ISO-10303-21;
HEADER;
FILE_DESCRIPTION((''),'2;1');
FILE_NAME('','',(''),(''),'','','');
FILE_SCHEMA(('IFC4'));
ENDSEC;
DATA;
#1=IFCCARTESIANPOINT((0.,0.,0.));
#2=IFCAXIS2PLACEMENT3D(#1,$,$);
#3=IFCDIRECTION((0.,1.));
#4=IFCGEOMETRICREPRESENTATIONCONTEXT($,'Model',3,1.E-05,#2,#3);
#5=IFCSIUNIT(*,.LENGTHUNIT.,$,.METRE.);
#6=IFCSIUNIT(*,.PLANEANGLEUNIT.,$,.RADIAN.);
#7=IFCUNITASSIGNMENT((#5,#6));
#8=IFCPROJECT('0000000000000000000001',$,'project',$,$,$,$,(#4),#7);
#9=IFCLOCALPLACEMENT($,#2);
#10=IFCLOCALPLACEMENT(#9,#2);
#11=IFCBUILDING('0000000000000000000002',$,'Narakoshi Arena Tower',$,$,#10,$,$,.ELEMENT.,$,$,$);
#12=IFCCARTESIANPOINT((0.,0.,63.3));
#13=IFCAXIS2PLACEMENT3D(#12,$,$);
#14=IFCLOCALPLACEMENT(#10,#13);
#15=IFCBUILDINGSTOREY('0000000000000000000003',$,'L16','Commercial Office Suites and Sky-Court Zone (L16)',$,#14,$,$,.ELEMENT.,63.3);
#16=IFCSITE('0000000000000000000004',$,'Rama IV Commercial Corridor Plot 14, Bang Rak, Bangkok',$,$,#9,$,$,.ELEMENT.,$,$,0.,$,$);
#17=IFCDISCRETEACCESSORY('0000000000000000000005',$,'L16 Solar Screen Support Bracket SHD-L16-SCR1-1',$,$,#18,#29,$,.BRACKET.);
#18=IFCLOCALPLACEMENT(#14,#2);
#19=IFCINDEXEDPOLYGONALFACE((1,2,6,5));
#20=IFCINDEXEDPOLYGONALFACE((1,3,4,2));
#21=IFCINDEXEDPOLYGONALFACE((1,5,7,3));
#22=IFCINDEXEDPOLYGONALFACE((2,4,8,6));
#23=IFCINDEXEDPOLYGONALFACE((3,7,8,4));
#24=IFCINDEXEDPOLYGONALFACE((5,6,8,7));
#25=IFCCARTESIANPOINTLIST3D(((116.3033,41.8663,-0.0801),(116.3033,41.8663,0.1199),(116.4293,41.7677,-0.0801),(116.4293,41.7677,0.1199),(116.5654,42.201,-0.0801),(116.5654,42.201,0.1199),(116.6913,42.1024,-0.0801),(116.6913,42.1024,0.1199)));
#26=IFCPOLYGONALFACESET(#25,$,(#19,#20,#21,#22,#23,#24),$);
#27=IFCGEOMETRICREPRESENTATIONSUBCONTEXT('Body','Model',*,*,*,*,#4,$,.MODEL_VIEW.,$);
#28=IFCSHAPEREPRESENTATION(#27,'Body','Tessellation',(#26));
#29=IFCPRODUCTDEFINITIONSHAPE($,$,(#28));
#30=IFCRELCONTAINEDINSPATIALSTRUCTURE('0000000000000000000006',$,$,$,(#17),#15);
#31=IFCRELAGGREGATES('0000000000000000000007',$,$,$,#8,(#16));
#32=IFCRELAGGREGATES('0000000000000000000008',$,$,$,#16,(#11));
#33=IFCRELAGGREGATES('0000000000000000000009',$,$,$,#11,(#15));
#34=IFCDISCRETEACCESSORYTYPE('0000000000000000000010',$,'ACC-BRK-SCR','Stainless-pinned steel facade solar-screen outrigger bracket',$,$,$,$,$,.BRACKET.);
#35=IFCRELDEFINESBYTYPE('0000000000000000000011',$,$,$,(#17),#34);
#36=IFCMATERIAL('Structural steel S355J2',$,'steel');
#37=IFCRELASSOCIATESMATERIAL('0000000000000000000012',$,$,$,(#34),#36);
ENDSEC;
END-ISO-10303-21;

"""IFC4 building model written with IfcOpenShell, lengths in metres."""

from ifc_helpers import new_model, si_unit, direction, frame, origin, origin_2d, place, context, subcontext, project, spatial, rectangle, extrude, material, type_object, element, save


model = new_model("IFC4")

# Units and contexts
model_context = context("Model", 3, precision=1e-05, world=origin(), true_north=direction((0.0, 1.0)))
body_context = subcontext(model_context, "Body", "Model", "MODEL_VIEW")
ifc_project = project(units=[si_unit("LENGTHUNIT", "METRE"), si_unit("PLANEANGLEUNIT", "RADIAN")], contexts=[model_context])

# Site, building, storey
site_placement = place(None, origin())
site = spatial("IfcSite", under=ifc_project, at=site_placement, Name="Rama IV Commercial Corridor Plot 14, Bang Rak, Bangkok", CompositionType="ELEMENT", RefElevation=0.0)
building_placement = place(site_placement, origin())
building = spatial("IfcBuilding", under=site, at=building_placement, Name="Narakoshi Arena Tower", CompositionType="ELEMENT")
storey_placement = place(building_placement, frame((0.0, 0.0, 63.3)))
storey = spatial("IfcBuildingStorey", under=building, at=storey_placement, Name="L16", Description="Commercial Office Suites and Sky-Court Zone (L16)", CompositionType="ELEMENT", Elevation=63.3)

# Shared definitions
ifc_material_1 = material(Name="Structural steel S355J2", Category="steel")

# Discrete accessory
discrete_accessory_type = type_object("IfcDiscreteAccessoryType", Name="ACC-BRK-SCR", Description="Stainless-pinned steel facade solar-screen outrigger bracket", PredefinedType="BRACKET", material=ifc_material_1)
discrete_accessory_placement = place(storey_placement, frame((116.4973, 41.9844, -0.0801), z_axis=(0.0, 0.0, 1.0), x_axis=(-0.787387, 0.616459, 0.0)))
element("IfcDiscreteAccessory", 1, at=discrete_accessory_placement, inside=storey, type_object=discrete_accessory_type, Name="L16 Solar Screen Support Bracket SHD-L16-SCR1-1", PredefinedType="BRACKET", context=body_context, shape_type="SweptSolid", body=[
    extrude(rectangle(XDim=0.1599, YDim=0.425, at=origin_2d()), origin(), (0.0, 0.0, 1.0), 0.2),
])

save(model, "model.ifc")
